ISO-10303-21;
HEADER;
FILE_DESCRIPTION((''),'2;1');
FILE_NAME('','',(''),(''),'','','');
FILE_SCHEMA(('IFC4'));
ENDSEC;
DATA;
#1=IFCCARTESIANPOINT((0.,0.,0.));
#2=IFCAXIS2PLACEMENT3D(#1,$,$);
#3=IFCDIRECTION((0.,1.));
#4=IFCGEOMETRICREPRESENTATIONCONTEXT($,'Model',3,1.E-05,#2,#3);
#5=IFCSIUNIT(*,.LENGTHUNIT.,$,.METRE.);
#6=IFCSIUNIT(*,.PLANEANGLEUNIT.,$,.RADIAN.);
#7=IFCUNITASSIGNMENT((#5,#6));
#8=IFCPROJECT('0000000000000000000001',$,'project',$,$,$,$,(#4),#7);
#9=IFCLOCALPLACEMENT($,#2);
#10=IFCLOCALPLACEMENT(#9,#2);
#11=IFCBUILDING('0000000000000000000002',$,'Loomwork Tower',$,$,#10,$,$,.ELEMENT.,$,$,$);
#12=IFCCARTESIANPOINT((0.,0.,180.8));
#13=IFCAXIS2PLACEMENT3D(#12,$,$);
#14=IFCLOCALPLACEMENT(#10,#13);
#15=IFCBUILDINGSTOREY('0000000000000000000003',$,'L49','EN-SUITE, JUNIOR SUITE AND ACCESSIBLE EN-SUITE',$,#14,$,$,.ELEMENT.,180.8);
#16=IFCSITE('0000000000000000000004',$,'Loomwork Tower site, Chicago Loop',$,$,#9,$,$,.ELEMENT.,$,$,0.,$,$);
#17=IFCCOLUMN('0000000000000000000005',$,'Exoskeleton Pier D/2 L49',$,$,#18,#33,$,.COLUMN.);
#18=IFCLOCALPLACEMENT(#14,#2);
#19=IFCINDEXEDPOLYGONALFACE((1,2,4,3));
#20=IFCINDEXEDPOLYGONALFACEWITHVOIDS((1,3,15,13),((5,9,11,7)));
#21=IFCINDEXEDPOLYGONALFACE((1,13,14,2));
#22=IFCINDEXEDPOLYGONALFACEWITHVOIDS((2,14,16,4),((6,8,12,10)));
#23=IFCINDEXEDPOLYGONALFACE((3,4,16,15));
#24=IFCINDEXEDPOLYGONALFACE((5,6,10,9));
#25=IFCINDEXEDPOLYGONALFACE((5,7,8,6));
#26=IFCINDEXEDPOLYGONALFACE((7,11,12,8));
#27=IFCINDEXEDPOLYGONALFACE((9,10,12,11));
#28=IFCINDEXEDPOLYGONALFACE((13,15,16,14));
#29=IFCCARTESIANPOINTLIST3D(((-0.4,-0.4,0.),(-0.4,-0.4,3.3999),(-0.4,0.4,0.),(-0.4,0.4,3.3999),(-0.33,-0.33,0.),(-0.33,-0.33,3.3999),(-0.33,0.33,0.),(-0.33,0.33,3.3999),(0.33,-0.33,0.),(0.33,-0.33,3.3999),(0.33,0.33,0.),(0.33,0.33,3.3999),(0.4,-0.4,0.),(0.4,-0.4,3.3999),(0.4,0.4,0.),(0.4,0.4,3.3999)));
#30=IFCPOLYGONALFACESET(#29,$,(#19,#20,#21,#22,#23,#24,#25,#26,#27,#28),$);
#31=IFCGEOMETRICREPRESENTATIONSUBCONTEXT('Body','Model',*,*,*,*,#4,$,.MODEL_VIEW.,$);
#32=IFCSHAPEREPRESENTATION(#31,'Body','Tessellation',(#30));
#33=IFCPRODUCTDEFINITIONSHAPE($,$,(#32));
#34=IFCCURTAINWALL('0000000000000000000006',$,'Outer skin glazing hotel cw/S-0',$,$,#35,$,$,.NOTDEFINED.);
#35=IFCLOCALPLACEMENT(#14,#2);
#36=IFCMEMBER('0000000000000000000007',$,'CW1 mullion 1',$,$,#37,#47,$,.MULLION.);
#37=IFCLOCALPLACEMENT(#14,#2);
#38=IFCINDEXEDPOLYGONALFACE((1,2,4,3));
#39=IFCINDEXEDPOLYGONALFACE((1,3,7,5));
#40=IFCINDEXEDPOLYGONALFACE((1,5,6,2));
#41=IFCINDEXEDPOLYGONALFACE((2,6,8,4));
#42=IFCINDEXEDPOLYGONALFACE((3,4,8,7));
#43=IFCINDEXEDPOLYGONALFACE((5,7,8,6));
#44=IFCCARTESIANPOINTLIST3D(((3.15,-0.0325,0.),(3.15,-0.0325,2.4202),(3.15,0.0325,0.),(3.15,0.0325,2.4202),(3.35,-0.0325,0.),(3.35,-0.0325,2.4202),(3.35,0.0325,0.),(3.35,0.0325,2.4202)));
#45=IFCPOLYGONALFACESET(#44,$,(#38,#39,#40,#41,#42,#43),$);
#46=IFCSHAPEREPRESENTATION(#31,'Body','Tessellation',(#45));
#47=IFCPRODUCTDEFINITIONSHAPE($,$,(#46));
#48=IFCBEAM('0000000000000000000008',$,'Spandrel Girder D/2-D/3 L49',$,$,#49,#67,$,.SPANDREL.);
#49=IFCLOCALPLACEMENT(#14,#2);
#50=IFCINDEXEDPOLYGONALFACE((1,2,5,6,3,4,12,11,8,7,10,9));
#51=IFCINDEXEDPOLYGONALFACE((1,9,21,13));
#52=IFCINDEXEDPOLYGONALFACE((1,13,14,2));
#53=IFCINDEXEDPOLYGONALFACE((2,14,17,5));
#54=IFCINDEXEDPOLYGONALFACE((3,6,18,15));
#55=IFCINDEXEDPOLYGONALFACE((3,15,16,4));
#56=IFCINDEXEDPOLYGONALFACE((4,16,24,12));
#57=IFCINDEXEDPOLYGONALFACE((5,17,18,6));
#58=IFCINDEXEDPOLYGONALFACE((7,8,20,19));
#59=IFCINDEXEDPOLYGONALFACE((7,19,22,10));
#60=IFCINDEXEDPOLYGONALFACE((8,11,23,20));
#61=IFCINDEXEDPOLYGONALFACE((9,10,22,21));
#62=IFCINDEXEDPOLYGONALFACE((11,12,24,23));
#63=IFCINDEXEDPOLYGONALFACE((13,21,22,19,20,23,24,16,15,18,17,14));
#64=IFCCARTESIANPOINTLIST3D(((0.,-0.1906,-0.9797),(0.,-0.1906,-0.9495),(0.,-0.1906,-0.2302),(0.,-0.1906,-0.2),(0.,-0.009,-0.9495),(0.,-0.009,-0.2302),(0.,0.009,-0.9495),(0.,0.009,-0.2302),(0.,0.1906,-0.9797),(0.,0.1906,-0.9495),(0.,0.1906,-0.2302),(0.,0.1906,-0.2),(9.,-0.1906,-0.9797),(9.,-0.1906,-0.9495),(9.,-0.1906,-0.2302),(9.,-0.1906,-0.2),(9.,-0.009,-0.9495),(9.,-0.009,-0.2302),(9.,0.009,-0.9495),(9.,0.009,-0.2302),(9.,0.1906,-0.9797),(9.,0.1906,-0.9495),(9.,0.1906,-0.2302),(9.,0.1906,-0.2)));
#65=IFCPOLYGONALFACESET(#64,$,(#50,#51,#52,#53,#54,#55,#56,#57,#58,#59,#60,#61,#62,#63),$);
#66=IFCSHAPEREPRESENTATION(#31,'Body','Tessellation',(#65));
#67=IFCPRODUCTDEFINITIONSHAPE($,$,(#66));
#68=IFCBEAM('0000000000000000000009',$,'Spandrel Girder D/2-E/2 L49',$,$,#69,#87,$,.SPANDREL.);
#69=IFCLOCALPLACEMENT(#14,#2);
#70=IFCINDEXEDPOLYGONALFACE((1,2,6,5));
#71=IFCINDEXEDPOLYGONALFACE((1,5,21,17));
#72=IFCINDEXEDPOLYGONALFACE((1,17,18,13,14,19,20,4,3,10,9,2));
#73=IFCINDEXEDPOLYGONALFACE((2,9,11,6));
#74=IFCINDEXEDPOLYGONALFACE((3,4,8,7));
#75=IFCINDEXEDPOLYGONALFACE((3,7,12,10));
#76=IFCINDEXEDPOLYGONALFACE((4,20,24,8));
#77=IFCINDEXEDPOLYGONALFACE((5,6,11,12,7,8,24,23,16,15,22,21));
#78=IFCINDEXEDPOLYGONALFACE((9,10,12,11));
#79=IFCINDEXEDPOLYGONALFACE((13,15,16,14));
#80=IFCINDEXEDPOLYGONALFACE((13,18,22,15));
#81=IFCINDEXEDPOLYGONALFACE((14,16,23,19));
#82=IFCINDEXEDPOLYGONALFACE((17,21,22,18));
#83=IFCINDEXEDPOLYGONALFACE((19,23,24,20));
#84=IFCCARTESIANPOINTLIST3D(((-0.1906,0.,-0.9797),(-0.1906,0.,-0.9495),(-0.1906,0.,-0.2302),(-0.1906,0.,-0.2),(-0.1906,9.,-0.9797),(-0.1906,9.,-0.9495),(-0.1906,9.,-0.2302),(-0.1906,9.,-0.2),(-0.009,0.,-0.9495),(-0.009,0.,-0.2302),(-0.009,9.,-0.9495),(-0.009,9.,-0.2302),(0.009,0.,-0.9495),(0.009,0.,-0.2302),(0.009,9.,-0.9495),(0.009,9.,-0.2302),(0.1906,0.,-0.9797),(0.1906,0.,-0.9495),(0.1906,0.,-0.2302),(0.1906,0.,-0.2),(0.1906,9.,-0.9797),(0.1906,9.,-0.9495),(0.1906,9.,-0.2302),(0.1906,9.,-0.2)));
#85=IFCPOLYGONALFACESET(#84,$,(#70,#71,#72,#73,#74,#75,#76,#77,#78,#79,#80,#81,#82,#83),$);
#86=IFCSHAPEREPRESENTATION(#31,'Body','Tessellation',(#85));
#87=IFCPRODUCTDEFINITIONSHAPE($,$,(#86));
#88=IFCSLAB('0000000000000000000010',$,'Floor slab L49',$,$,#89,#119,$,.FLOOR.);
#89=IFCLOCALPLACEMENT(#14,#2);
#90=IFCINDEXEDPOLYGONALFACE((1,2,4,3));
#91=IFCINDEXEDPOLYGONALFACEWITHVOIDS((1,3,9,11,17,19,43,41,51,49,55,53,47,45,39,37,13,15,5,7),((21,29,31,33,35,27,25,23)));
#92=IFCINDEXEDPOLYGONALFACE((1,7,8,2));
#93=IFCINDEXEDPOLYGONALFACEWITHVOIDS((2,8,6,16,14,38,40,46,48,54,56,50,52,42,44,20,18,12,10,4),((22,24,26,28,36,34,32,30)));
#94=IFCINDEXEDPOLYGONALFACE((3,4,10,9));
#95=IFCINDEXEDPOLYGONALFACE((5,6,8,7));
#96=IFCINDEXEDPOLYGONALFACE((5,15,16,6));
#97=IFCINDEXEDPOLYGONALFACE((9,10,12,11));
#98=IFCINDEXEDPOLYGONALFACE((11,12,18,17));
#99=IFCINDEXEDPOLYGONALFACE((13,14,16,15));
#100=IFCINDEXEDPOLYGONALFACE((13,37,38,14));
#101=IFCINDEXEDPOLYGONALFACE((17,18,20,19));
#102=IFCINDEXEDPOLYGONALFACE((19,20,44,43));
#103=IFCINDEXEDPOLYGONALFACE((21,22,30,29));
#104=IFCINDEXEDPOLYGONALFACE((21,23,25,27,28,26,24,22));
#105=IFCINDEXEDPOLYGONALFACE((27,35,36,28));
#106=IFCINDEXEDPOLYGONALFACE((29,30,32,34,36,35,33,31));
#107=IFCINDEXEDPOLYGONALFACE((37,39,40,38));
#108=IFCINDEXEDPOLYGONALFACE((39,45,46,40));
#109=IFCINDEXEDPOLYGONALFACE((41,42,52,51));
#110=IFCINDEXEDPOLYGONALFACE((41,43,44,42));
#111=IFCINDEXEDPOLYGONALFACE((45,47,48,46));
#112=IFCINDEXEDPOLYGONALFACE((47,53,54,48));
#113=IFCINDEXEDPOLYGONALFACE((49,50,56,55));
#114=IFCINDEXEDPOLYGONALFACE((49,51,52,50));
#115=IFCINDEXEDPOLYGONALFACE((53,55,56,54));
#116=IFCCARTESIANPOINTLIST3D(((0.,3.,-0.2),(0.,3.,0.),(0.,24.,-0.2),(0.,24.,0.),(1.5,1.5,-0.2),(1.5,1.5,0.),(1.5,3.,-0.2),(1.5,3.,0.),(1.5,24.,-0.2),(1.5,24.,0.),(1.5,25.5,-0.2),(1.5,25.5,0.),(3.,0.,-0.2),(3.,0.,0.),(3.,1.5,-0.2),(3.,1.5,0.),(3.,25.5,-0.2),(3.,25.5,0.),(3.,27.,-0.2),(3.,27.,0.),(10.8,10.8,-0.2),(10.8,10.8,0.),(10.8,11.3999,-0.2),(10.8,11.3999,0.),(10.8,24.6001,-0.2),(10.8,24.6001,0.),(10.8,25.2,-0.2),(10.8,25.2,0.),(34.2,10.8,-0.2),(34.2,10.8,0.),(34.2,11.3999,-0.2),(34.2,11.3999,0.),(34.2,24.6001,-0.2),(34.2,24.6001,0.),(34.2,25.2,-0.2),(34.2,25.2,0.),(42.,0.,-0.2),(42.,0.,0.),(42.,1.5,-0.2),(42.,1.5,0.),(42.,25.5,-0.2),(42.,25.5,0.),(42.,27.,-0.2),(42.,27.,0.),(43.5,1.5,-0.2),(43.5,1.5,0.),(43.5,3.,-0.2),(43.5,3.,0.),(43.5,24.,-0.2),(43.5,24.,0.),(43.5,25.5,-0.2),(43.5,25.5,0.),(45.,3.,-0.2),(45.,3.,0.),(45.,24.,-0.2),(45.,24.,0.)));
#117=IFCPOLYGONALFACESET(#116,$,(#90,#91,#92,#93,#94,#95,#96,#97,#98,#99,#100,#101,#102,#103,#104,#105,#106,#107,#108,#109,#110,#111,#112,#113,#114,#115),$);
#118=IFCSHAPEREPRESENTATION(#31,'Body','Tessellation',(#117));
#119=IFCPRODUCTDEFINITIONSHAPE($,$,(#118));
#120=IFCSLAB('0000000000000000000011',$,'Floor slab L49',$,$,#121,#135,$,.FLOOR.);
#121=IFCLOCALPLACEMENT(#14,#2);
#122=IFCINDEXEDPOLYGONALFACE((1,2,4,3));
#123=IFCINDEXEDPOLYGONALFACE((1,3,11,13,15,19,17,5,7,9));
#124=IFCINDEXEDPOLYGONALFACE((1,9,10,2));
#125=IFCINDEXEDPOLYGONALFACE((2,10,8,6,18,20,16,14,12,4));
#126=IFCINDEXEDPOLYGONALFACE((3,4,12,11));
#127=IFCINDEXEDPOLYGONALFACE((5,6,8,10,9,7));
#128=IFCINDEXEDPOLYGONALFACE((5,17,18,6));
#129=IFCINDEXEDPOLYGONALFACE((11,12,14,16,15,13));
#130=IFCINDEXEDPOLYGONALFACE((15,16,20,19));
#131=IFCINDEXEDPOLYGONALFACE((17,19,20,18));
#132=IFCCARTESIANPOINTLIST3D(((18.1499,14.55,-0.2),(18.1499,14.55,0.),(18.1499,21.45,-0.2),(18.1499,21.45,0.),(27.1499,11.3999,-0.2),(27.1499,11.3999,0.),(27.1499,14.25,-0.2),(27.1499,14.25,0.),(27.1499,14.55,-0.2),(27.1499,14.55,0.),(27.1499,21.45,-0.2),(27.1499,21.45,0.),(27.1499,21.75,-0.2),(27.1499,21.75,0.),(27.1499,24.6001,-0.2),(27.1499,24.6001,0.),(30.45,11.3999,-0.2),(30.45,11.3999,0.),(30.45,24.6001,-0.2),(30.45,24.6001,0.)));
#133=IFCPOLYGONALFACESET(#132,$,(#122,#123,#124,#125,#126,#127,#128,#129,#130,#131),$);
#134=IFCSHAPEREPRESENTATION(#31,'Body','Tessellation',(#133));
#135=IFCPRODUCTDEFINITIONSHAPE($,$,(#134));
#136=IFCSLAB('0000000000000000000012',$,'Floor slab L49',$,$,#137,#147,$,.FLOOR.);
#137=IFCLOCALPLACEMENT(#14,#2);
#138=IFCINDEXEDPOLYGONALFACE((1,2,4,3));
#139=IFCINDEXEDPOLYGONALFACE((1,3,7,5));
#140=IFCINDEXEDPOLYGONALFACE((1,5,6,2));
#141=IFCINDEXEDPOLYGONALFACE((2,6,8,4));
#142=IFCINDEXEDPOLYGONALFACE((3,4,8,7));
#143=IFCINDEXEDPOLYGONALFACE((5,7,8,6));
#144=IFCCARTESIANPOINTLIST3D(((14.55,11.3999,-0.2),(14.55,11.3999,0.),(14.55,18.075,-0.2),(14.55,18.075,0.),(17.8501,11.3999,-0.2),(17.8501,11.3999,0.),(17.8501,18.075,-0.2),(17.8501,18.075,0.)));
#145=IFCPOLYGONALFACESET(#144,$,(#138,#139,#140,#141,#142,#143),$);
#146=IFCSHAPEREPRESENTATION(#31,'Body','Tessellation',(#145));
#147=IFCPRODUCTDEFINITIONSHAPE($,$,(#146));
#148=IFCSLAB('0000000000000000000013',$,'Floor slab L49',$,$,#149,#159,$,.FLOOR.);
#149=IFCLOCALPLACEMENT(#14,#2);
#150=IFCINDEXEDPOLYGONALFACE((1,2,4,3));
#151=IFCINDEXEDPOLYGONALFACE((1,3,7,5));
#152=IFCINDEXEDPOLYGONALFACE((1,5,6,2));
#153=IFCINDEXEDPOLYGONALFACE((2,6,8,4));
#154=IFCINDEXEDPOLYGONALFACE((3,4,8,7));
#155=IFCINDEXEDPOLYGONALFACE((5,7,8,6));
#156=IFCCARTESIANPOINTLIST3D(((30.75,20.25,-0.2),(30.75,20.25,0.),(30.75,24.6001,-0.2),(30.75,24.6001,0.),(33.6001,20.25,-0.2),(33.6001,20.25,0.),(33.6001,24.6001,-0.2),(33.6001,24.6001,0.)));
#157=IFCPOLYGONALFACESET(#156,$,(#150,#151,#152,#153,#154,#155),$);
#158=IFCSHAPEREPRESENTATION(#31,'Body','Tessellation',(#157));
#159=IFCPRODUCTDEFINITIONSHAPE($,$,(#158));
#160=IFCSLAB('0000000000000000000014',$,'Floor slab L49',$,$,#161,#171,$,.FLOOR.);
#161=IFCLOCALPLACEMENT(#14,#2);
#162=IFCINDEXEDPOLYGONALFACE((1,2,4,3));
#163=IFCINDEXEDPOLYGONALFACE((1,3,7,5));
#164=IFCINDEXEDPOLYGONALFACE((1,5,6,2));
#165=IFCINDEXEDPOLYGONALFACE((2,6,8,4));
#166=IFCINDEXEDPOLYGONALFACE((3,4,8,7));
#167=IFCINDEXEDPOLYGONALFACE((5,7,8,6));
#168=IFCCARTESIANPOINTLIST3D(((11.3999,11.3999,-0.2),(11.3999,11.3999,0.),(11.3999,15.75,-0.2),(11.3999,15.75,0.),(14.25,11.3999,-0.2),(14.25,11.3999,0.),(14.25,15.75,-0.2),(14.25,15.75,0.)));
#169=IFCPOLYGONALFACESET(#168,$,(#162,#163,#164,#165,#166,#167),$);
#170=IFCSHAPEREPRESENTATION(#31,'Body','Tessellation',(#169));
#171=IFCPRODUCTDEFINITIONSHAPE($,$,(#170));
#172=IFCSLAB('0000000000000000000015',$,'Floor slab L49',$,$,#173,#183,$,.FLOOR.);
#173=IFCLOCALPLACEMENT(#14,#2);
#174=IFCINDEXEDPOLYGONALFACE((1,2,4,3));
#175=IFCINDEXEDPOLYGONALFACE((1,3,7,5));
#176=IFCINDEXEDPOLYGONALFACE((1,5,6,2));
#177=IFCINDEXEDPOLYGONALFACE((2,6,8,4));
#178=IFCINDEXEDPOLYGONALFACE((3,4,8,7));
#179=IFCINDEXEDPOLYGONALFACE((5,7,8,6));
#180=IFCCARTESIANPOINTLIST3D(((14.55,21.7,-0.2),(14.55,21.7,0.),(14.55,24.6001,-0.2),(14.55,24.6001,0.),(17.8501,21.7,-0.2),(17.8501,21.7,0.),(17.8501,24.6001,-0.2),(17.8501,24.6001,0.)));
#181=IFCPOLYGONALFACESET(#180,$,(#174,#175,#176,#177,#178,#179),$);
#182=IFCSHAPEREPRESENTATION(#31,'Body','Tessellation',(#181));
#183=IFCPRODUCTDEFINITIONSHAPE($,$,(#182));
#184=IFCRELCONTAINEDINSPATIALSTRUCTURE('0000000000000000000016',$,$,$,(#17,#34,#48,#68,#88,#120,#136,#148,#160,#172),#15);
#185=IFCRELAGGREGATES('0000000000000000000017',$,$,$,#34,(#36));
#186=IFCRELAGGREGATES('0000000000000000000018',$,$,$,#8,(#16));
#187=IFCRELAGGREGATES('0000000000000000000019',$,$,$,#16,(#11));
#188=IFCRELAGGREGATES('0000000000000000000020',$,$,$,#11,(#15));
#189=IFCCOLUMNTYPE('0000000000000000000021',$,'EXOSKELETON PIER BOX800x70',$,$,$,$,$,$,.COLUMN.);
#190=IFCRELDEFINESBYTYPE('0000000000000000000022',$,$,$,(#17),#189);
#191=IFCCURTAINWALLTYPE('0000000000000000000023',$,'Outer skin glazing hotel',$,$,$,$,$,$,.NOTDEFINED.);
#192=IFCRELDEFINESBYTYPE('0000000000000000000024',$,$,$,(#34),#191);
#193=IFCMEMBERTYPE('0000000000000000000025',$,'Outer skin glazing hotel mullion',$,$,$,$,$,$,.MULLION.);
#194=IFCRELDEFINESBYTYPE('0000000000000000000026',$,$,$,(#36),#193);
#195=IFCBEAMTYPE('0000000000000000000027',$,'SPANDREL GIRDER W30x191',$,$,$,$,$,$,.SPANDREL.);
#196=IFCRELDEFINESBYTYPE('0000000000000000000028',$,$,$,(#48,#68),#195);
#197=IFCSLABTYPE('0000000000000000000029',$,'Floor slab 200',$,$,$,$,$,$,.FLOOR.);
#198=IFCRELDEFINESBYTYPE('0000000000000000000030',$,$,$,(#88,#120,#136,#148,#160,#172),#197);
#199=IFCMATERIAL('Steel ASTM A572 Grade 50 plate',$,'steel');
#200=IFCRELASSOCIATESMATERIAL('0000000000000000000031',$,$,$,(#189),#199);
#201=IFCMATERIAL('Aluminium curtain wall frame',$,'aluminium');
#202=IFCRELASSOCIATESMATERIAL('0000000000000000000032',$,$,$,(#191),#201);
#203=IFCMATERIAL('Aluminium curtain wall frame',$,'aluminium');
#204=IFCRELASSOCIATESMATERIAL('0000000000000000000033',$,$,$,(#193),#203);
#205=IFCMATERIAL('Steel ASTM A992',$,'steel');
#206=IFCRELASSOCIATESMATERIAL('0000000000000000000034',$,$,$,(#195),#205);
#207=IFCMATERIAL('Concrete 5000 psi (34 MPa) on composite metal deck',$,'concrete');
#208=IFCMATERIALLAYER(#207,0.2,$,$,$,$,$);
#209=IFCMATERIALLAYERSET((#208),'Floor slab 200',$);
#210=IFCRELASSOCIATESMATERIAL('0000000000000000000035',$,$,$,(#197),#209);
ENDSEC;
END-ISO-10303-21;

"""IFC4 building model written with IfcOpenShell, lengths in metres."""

from ifc_helpers import new_model, si_unit, direction, frame, origin, origin_with_axes, origin_2d, place, context, subcontext, project, spatial, polyline, rectangle, hollow_rectangle, i_section, outline, extrude, material, layer, layer_set, material_profile, profile_set, type_object, element, aggregate, save


model = new_model("IFC4")

# Units and contexts
model_context = context("Model", 3, precision=1e-05, world=origin(), true_north=direction((0.0, 1.0)))
body_context = subcontext(model_context, "Body", "Model", "MODEL_VIEW")
ifc_project = project(units=[si_unit("LENGTHUNIT", "METRE"), si_unit("PLANEANGLEUNIT", "RADIAN")], contexts=[model_context])

# Site, building, storey
site_placement = place(None, origin())
site = spatial("IfcSite", under=ifc_project, at=site_placement, Name="Loomwork Tower site, Chicago Loop", CompositionType="ELEMENT", RefElevation=0.0)
building_placement = place(site_placement, origin())
building = spatial("IfcBuilding", under=site, at=building_placement, Name="Loomwork Tower", CompositionType="ELEMENT")
storey_placement = place(building_placement, frame((0.0, 0.0, 180.8)))
storey = spatial("IfcBuildingStorey", under=building, at=storey_placement, Name="L49", Description="EN-SUITE, JUNIOR SUITE AND ACCESSIBLE EN-SUITE", CompositionType="ELEMENT", Elevation=180.8)

# Column
ifc_material_1 = material(Name="Steel ASTM A572 Grade 50 plate", Category="steel")
ifc_material_profile_1 = material_profile(ifc_material_1, hollow_rectangle(XDim=0.8, YDim=0.8, WallThickness=0.0701, at=origin_2d()), Name="BOX800x70")
ifc_profile_set_1 = profile_set([ifc_material_profile_1], Name="Steel ASTM A572 Grade 50 plate")
column_type = type_object("IfcColumnType", Name="EXOSKELETON PIER BOX800x70", PredefinedType="COLUMN", material=ifc_profile_set_1)
column_placement = place(storey_placement, origin_with_axes())
element("IfcColumn", 1, at=column_placement, inside=storey, type_object=column_type, Name="Exoskeleton Pier D/2 L49", PredefinedType="COLUMN", context=body_context, shape_type="SweptSolid", body=[
    extrude(hollow_rectangle(XDim=0.8, YDim=0.8, WallThickness=0.0701, at=origin_2d()), origin(), (0.0, 0.0, 1.0), 3.3999),
])

# Curtain wall, member
ifc_material_2 = material(Name="Aluminium curtain wall frame", Category="aluminium")
curtain_wall_type = type_object("IfcCurtainWallType", Name="Outer skin glazing hotel", PredefinedType="NOTDEFINED", material=ifc_material_2)
curtain_wall_placement = place(storey_placement, origin())
curtain_wall = element("IfcCurtainWall", 2, at=curtain_wall_placement, inside=storey, type_object=curtain_wall_type, Name="Outer skin glazing hotel cw/S-0", PredefinedType="NOTDEFINED")
ifc_material_3 = material(Name="Aluminium curtain wall frame", Category="aluminium")
ifc_material_profile_2 = material_profile(ifc_material_3, rectangle(XDim=0.0649, YDim=0.2, at=origin_2d()), Name="AL 65x200")
ifc_profile_set_2 = profile_set([ifc_material_profile_2], Name="Aluminium curtain wall frame")
member_type = type_object("IfcMemberType", Name="Outer skin glazing hotel mullion", PredefinedType="MULLION", material=ifc_profile_set_2)
member_placement = place(storey_placement, frame((3.25, 0.0, 0.0), z_axis=(0.0, 0.0, 1.0), x_axis=(0.0, 1.0, 0.0)))
member = element("IfcMember", 3, at=member_placement, type_object=member_type, Name="CW1 mullion 1", PredefinedType="MULLION", context=body_context, shape_type="SweptSolid", body=[
    extrude(rectangle(XDim=0.0649, YDim=0.2, at=origin_2d()), origin(), (0.0, 0.0, 1.0), 2.4202),
])
aggregate(curtain_wall, [member])

# Beams
ifc_material_4 = material(Name="Steel ASTM A992", Category="steel")
ifc_material_profile_3 = material_profile(ifc_material_4, i_section(OverallWidth=0.3811, OverallDepth=0.7798, WebThickness=0.0181, FlangeThickness=0.0303, at=origin_2d()), Name="W30x191")
ifc_profile_set_3 = profile_set([ifc_material_profile_3], Name="Steel ASTM A992")
beam_type = type_object("IfcBeamType", Name="SPANDREL GIRDER W30x191", PredefinedType="SPANDREL", material=ifc_profile_set_3)
for number, where, z_axis, x_axis, name in (
    (4, (0.0, 0.0, -0.5898), (1.0, 0.0, 0.0), (0.0, 1.0, 0.0), "Spandrel Girder D/2-D/3 L49"),
    (5, (0.0, 0.0, -0.5898), (0.0, 1.0, 0.0), (-1.0, 0.0, 0.0), "Spandrel Girder D/2-E/2 L49"),
):
    element("IfcBeam", number, at=place(storey_placement, frame(where, z_axis=z_axis, x_axis=x_axis)), inside=storey, type_object=beam_type, Name=name, PredefinedType="SPANDREL", context=body_context, shape_type="SweptSolid", body=[
        extrude(i_section(OverallWidth=0.3811, OverallDepth=0.7798, WebThickness=0.0181, FlangeThickness=0.0303, at=origin_2d()), origin(), (0.0, 0.0, 1.0), 9.0),
    ])

# Slabs
ifc_material_5 = material(Name="Concrete 5000 psi (34 MPa) on composite metal deck", Category="concrete")
ifc_layer_1 = layer(ifc_material_5, 0.2)
ifc_layer_set_1 = layer_set([ifc_layer_1], Name="Floor slab 200")
slab_type_1 = type_object("IfcSlabType", Name="Floor slab 200", PredefinedType="FLOOR", material=ifc_layer_set_1)
slab_1_placement = place(storey_placement, frame((0.0, 0.0, -0.2)))
element("IfcSlab", 6, at=slab_1_placement, inside=storey, type_object=slab_type_1, Name="Floor slab L49", PredefinedType="FLOOR", context=body_context, shape_type="SweptSolid", body=[
    extrude(outline(polyline([(3.0, 1.5), (1.5, 1.5), (1.5, 3.0), (0.0, 3.0), (0.0, 24.0), (1.5, 24.0), (1.5, 25.5), (3.0, 25.5), (3.0, 27.0), (42.0, 27.0), (42.0, 25.5), (43.5, 25.5), (43.5, 24.0), (45.0, 24.0), (45.0, 3.0), (43.5, 3.0), (43.5, 1.5), (42.0, 1.5), (42.0, 0.0), (3.0, 0.0), (3.0, 1.5)]), holes=[polyline([(10.8, 11.3999), (10.8, 11.3999), (10.8, 10.8), (34.2, 10.8), (34.2, 11.3999), (34.2, 11.3999), (34.2, 24.6001), (34.2, 25.2), (10.8, 25.2), (10.8, 24.6001), (10.8, 11.3999)])]), origin(), (0.0, 0.0, 1.0), 0.2),
])
slab_2_placement = place(storey_placement, frame((0.0, 0.0, -0.2)))
element("IfcSlab", 7, at=slab_2_placement, inside=storey, type_object=slab_type_1, Name="Floor slab L49", PredefinedType="FLOOR", context=body_context, shape_type="SweptSolid", body=[
    extrude(outline(polyline([(30.45, 24.6001), (30.45, 11.3999), (27.1499, 11.3999), (27.1499, 14.25), (27.1499, 14.55), (18.1499, 14.55), (18.1499, 21.45), (27.1499, 21.45), (27.1499, 21.75), (27.1499, 24.6001), (30.45, 24.6001)])), origin(), (0.0, 0.0, 1.0), 0.2),
])
slab_3_placement = place(storey_placement, frame((0.0, 0.0, -0.2)))
element("IfcSlab", 8, at=slab_3_placement, inside=storey, type_object=slab_type_1, Name="Floor slab L49", PredefinedType="FLOOR", context=body_context, shape_type="SweptSolid", body=[
    extrude(outline(polyline([(14.55, 11.3999), (14.55, 18.075), (17.8501, 18.075), (17.8501, 11.3999), (14.55, 11.3999)])), origin(), (0.0, 0.0, 1.0), 0.2),
])
slab_4_placement = place(storey_placement, frame((0.0, 0.0, -0.2)))
element("IfcSlab", 9, at=slab_4_placement, inside=storey, type_object=slab_type_1, Name="Floor slab L49", PredefinedType="FLOOR", context=body_context, shape_type="SweptSolid", body=[
    extrude(outline(polyline([(33.6001, 20.25), (30.75, 20.25), (30.75, 24.6001), (33.6001, 24.6001), (33.6001, 20.25)])), origin(), (0.0, 0.0, 1.0), 0.2),
])
slab_5_placement = place(storey_placement, frame((0.0, 0.0, -0.2)))
element("IfcSlab", 10, at=slab_5_placement, inside=storey, type_object=slab_type_1, Name="Floor slab L49", PredefinedType="FLOOR", context=body_context, shape_type="SweptSolid", body=[
    extrude(outline(polyline([(14.25, 15.75), (14.25, 11.3999), (11.3999, 11.3999), (11.3999, 15.75), (14.25, 15.75)])), origin(), (0.0, 0.0, 1.0), 0.2),
])
slab_6_placement = place(storey_placement, frame((0.0, 0.0, -0.2)))
element("IfcSlab", 11, at=slab_6_placement, inside=storey, type_object=slab_type_1, Name="Floor slab L49", PredefinedType="FLOOR", context=body_context, shape_type="SweptSolid", body=[
    extrude(outline(polyline([(14.55, 21.7), (14.55, 24.6001), (17.8501, 24.6001), (17.8501, 21.7), (14.55, 21.7)])), origin(), (0.0, 0.0, 1.0), 0.2),
])

save(model, "model.ifc")
